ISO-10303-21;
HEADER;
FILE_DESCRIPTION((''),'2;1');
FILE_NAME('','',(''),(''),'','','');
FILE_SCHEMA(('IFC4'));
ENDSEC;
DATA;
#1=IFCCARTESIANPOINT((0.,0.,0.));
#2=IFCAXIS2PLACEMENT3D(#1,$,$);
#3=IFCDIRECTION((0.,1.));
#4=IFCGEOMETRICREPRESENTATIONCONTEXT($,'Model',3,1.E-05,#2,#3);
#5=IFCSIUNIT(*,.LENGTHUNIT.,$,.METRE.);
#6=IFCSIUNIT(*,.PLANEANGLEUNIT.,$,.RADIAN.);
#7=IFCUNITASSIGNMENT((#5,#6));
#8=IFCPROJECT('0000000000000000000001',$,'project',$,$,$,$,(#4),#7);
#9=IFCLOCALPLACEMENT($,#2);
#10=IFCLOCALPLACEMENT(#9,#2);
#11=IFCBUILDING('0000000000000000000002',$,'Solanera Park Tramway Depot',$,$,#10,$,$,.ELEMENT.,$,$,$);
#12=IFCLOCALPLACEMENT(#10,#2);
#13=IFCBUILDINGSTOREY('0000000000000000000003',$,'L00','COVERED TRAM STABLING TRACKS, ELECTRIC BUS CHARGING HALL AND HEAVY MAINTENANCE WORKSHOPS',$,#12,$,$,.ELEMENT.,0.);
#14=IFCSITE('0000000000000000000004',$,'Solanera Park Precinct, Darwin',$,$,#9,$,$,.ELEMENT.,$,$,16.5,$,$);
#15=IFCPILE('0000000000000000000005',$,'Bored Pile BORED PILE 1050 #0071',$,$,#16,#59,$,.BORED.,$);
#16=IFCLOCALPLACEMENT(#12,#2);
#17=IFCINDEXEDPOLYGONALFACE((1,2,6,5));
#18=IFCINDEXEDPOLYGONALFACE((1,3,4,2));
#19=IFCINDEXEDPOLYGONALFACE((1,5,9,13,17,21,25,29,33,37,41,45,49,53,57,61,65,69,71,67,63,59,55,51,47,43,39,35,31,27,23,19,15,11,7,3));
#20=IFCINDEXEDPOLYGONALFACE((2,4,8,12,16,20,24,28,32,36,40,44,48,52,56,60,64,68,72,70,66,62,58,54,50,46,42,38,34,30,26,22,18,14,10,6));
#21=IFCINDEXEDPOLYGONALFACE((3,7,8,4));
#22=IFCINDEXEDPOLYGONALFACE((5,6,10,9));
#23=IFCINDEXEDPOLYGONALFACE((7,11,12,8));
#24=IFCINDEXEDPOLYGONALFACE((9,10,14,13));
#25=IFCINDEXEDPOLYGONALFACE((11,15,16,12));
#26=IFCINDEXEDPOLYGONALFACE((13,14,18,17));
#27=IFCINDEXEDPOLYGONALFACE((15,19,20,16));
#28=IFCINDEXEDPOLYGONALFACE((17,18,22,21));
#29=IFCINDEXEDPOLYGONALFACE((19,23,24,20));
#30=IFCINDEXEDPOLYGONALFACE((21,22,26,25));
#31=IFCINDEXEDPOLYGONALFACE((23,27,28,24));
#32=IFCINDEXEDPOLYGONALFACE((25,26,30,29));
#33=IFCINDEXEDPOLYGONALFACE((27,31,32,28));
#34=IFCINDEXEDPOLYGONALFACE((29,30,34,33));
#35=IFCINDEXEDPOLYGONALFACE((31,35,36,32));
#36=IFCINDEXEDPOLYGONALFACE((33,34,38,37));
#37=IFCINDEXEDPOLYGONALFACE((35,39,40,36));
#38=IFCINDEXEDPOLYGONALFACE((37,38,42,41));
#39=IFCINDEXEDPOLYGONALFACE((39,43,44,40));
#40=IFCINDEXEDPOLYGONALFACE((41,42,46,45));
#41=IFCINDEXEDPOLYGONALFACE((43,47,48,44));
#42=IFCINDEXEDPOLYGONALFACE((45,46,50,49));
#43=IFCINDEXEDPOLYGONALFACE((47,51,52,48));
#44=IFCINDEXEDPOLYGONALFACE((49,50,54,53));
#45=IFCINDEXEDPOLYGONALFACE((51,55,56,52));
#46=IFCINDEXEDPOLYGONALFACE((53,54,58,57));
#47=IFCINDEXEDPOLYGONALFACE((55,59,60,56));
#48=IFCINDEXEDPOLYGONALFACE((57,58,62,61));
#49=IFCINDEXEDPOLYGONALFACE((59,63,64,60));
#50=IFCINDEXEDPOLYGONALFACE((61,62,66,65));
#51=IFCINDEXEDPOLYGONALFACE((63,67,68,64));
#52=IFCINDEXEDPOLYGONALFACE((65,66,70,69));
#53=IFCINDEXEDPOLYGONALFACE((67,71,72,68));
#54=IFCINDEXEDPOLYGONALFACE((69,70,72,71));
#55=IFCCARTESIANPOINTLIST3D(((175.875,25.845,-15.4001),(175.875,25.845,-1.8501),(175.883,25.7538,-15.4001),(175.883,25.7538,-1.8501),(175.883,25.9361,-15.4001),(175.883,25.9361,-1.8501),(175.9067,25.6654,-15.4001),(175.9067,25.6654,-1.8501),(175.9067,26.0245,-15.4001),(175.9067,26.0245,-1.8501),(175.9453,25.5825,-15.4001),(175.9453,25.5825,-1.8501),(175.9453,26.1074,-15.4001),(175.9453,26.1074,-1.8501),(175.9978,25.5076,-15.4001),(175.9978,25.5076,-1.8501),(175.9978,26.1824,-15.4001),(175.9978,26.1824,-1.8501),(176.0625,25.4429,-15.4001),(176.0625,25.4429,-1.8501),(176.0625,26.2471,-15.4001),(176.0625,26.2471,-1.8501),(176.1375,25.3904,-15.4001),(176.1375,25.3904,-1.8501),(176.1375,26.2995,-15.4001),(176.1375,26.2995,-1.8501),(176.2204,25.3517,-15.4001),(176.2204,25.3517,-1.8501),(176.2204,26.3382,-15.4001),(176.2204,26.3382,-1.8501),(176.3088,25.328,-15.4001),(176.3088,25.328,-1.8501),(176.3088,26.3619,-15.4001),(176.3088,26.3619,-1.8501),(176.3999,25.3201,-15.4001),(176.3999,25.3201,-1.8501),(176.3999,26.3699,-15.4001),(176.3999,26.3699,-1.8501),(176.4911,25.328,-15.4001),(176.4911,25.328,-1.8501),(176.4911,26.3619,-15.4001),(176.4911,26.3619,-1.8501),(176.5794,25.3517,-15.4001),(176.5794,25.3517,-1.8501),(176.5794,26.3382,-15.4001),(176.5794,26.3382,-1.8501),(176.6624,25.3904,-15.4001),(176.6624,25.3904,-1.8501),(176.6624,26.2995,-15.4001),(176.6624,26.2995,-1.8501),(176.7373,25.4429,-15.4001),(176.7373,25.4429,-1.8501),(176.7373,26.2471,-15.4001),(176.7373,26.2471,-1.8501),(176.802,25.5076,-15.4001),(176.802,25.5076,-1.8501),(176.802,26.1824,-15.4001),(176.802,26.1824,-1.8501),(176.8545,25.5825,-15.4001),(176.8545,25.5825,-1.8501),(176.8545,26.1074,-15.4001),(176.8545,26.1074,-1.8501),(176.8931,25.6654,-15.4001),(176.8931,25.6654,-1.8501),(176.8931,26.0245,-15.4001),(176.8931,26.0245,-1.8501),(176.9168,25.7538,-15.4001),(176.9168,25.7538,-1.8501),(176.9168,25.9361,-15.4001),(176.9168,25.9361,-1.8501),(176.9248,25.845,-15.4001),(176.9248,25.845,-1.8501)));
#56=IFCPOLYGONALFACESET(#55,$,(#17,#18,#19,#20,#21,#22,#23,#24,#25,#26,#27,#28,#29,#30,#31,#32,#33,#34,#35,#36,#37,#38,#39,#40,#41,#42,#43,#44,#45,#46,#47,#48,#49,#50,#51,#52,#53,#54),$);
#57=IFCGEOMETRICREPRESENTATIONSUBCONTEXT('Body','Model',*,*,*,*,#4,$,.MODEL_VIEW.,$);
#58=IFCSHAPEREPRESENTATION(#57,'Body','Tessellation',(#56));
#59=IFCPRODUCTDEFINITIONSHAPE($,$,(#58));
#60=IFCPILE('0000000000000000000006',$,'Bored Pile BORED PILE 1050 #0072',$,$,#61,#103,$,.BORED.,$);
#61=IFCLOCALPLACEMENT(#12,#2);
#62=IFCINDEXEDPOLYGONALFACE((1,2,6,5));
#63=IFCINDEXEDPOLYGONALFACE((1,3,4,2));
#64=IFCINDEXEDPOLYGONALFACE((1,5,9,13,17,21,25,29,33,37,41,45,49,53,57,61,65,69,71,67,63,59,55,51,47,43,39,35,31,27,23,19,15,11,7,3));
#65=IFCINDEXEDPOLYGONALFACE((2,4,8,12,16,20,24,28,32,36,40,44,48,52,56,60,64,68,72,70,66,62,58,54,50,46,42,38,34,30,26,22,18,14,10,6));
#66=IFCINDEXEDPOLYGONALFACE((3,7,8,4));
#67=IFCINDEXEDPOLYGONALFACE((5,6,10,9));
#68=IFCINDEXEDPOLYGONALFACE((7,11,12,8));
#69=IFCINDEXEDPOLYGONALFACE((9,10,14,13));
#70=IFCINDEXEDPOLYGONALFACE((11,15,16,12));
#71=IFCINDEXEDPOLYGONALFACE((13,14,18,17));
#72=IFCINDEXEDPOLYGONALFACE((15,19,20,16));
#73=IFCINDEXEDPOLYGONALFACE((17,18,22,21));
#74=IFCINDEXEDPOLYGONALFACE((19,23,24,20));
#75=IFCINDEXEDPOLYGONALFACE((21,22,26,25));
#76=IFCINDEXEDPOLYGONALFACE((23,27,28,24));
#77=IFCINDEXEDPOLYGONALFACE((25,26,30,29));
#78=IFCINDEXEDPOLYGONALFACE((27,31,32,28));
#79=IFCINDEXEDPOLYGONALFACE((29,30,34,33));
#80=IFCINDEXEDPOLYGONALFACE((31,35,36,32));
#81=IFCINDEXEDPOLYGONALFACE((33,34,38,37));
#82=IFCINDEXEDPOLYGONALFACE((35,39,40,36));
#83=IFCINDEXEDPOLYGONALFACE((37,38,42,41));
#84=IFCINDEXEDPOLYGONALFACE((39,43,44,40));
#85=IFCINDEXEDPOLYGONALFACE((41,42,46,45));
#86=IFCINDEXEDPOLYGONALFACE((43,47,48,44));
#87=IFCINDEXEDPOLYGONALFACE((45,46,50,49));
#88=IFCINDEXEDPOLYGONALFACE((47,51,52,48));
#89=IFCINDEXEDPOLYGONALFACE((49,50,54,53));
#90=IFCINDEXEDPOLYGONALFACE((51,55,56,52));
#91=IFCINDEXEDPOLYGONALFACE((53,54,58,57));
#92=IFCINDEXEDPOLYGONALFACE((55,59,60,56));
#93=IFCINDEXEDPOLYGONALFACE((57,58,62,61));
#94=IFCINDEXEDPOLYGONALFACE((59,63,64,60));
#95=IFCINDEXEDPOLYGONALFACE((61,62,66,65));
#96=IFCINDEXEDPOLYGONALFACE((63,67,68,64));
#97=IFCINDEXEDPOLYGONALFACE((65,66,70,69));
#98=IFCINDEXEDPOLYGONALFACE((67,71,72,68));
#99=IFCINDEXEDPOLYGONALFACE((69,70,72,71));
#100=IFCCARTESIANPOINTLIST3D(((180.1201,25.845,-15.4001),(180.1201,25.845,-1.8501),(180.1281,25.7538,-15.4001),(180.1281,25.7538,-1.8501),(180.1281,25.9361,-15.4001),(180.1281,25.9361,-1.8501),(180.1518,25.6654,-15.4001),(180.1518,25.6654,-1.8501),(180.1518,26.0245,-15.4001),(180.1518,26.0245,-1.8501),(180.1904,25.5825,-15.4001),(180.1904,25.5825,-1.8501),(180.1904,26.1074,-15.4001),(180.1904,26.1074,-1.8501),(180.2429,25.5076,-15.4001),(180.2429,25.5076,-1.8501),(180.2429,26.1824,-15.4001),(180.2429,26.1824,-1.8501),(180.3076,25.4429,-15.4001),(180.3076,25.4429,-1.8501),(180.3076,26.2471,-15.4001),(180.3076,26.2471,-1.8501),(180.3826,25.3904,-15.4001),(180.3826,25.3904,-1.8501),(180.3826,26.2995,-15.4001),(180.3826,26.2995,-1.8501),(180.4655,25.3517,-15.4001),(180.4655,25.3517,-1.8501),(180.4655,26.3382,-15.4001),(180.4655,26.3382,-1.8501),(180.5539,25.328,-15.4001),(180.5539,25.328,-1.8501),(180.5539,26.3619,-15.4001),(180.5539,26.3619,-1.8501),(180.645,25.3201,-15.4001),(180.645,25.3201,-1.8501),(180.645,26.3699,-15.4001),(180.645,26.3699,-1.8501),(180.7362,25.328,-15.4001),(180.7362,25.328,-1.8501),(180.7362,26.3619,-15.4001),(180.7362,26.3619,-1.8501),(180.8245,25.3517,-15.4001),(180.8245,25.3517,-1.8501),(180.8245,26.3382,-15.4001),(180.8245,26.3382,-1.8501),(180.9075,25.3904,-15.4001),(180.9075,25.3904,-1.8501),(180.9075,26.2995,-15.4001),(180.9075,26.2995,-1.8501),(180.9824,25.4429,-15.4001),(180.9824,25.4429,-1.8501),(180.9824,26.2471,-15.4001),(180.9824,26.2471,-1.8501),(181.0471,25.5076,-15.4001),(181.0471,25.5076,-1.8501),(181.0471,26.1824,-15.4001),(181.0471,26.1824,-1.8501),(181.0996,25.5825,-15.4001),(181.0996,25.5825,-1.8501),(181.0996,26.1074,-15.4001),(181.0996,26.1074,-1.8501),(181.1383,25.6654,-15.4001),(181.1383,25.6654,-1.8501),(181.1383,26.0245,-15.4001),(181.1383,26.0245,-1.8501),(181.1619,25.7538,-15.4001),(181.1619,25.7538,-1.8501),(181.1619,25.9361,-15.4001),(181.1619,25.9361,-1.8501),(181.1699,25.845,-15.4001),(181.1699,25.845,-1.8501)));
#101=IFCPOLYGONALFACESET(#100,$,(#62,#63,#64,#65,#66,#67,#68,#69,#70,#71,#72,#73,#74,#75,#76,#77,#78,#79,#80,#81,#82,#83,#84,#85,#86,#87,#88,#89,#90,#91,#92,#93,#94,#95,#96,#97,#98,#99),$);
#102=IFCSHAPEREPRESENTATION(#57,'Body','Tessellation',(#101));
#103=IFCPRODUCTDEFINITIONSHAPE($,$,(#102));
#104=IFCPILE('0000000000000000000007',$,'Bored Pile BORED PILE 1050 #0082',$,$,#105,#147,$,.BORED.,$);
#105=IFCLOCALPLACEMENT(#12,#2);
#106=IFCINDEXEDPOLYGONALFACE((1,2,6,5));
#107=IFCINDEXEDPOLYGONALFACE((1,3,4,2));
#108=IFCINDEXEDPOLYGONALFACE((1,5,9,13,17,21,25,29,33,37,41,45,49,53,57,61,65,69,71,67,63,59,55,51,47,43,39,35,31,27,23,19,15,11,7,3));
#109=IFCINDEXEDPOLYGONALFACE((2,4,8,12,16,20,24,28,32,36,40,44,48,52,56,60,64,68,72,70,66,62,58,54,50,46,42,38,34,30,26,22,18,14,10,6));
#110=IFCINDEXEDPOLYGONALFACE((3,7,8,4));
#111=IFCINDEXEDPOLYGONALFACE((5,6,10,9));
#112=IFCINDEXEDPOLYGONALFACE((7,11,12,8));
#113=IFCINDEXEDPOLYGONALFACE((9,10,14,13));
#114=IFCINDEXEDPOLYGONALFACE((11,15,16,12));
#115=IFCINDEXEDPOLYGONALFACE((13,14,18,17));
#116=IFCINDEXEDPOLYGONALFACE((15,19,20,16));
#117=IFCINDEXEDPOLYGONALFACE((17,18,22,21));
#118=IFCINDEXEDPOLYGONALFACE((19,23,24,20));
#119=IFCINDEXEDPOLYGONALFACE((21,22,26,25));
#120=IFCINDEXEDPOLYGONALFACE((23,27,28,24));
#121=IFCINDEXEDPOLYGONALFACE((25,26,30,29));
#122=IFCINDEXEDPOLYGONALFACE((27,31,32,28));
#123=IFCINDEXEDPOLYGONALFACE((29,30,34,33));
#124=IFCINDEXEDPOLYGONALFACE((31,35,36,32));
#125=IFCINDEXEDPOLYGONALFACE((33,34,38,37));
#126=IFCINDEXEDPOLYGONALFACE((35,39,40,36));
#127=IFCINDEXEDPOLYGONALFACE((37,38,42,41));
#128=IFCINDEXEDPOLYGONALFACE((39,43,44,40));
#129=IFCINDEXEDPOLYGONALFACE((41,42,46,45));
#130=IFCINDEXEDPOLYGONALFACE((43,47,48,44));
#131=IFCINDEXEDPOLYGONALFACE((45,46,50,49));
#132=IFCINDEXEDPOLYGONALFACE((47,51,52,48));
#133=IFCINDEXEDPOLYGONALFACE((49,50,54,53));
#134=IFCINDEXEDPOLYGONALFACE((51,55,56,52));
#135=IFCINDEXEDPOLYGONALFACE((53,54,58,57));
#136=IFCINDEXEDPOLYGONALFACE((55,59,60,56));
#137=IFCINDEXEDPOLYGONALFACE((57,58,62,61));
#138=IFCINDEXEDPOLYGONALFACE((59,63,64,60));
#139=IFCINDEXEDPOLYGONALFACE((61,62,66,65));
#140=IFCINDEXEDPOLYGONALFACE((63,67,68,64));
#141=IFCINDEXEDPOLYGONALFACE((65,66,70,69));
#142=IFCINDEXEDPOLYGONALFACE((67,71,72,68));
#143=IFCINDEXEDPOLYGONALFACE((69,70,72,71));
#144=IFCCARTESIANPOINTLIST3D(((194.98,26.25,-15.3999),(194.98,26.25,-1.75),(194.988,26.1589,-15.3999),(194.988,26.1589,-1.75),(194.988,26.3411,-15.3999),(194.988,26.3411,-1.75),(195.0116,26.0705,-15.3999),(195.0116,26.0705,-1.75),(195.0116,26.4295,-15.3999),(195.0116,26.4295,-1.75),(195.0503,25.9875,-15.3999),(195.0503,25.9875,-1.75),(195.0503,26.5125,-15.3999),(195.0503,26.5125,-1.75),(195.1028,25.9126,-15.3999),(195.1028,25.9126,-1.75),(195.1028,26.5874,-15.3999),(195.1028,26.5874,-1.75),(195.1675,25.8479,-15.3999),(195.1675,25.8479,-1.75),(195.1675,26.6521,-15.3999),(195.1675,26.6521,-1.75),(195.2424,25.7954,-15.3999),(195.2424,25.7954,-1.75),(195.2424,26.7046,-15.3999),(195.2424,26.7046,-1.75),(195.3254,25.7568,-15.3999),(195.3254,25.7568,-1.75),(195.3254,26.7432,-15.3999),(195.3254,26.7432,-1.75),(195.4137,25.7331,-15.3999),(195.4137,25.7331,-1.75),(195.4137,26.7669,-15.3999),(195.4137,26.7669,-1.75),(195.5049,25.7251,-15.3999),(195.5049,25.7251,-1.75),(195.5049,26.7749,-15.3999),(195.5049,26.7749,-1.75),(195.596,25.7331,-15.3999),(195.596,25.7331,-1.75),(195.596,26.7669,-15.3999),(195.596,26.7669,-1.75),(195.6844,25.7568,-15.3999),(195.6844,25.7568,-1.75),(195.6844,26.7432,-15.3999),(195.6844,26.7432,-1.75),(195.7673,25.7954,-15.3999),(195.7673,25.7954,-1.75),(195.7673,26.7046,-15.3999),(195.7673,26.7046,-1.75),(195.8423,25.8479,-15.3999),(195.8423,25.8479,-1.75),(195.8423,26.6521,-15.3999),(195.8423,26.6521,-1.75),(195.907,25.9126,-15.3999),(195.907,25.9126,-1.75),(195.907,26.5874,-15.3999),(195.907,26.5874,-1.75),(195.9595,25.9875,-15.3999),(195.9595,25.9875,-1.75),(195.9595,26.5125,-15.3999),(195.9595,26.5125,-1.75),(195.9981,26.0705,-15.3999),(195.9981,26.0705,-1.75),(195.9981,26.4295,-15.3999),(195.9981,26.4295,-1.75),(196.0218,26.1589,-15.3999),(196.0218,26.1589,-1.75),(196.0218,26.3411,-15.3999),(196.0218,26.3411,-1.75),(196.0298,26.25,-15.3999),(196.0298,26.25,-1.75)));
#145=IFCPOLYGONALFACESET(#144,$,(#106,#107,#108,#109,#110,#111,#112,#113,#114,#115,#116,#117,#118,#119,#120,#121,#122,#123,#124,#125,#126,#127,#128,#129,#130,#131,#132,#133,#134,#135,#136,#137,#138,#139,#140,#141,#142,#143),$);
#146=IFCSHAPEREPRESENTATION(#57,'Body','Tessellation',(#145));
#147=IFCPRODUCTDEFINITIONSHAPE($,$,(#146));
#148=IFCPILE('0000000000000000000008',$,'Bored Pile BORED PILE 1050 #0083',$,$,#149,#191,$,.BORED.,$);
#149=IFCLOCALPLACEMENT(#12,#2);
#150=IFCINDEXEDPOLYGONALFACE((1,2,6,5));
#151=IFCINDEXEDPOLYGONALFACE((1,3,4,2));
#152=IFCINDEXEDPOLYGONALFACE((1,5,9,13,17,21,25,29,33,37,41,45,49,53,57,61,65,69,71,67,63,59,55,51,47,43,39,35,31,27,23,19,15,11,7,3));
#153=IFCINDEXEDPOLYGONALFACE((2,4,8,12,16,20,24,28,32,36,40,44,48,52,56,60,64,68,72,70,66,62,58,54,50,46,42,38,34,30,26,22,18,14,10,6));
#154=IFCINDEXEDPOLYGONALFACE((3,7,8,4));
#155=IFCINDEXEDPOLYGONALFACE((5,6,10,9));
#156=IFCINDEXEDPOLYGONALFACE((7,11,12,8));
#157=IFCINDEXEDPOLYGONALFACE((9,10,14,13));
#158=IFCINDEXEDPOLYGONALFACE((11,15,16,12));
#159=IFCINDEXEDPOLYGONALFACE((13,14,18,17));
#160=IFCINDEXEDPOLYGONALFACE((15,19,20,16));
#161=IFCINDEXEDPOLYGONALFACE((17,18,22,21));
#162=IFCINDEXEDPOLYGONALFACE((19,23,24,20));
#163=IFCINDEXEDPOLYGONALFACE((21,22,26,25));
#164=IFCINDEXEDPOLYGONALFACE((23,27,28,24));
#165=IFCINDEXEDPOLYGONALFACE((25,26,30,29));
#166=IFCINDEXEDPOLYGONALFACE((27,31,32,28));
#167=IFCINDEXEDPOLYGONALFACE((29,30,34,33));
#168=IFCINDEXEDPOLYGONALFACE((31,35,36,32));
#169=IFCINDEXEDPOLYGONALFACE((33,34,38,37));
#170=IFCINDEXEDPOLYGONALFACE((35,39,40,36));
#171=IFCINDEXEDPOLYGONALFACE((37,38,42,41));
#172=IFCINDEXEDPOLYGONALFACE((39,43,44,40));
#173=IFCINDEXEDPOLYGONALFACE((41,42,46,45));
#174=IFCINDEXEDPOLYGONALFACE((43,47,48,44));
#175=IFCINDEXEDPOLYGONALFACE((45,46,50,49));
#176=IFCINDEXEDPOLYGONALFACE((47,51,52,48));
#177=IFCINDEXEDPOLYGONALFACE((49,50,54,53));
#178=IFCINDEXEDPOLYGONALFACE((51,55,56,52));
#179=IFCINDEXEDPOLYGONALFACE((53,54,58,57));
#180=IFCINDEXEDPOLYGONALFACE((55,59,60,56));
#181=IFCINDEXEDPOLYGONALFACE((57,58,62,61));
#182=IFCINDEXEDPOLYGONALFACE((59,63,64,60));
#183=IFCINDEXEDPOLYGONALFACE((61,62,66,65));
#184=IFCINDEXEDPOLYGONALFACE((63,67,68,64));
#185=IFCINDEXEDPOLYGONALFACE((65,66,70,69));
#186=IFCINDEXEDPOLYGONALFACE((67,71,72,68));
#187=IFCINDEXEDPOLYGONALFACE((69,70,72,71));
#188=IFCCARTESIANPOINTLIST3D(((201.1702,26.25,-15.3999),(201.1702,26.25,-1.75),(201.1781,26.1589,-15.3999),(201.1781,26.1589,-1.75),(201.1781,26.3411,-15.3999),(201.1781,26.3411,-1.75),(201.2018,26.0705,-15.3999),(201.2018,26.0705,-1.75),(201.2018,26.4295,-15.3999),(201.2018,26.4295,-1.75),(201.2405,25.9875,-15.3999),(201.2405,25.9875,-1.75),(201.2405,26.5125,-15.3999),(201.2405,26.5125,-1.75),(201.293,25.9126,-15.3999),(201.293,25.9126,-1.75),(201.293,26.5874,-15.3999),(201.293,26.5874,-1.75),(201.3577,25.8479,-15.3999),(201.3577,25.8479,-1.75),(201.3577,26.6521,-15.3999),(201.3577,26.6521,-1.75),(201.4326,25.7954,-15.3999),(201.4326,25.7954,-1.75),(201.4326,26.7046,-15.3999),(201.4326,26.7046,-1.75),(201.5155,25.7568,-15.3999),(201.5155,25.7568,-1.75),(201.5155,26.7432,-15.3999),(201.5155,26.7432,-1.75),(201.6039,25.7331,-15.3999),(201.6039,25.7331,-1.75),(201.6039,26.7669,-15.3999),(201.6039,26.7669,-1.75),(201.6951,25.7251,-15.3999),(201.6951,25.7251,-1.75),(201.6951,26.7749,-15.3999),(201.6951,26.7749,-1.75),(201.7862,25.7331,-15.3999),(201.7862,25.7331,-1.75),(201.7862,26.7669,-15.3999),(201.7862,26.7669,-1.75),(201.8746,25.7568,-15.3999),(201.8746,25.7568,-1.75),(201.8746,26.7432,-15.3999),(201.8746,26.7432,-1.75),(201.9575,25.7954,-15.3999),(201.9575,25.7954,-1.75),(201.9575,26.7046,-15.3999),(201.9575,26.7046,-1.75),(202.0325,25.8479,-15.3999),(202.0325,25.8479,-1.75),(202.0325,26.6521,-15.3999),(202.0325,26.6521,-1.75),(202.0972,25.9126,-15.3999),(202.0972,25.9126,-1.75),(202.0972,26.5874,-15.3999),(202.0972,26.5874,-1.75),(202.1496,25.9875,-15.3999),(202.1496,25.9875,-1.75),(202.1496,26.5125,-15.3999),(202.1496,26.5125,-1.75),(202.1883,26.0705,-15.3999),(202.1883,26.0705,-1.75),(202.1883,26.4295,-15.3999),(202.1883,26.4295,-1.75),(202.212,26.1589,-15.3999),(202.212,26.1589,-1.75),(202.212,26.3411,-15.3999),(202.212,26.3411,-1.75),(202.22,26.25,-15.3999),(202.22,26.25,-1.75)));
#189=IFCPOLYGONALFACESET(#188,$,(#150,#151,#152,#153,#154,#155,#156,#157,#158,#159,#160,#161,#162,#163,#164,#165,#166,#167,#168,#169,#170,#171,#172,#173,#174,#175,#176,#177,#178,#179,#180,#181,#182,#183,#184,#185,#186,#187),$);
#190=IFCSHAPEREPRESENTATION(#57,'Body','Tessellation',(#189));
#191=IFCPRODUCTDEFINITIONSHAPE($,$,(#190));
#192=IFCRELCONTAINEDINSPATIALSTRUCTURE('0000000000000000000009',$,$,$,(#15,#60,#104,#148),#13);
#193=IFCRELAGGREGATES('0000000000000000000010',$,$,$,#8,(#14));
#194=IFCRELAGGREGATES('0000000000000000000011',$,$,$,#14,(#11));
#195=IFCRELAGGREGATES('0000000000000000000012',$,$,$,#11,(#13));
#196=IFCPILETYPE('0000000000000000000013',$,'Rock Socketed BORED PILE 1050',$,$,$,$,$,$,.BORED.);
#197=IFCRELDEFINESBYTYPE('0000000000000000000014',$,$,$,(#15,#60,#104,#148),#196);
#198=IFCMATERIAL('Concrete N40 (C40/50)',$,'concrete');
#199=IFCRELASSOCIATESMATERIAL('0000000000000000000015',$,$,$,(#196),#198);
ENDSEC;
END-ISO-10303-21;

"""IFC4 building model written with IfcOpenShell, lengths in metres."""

from ifc_helpers import new_model, si_unit, direction, frame, origin, origin_2d, place, context, subcontext, project, spatial, circle, extrude, material, material_profile, profile_set, type_object, element, save


model = new_model("IFC4")

# Units and contexts
model_context = context("Model", 3, precision=1e-05, world=origin(), true_north=direction((0.0, 1.0)))
body_context = subcontext(model_context, "Body", "Model", "MODEL_VIEW")
ifc_project = project(units=[si_unit("LENGTHUNIT", "METRE"), si_unit("PLANEANGLEUNIT", "RADIAN")], contexts=[model_context])

# Site, building, storey
site_placement = place(None, origin())
site = spatial("IfcSite", under=ifc_project, at=site_placement, Name="Solanera Park Precinct, Darwin", CompositionType="ELEMENT", RefElevation=16.5)
building_placement = place(site_placement, origin())
building = spatial("IfcBuilding", under=site, at=building_placement, Name="Solanera Park Tramway Depot", CompositionType="ELEMENT")
storey_placement = place(building_placement, origin())
storey = spatial("IfcBuildingStorey", under=building, at=storey_placement, Name="L00", Description="COVERED TRAM STABLING TRACKS, ELECTRIC BUS CHARGING HALL AND HEAVY MAINTENANCE WORKSHOPS", CompositionType="ELEMENT", Elevation=0.0)

# Piles
ifc_material_1 = material(Name="Concrete N40 (C40/50)", Category="concrete")
ifc_material_profile_1 = material_profile(ifc_material_1, circle(Radius=0.5249, at=origin_2d()), Name="BORED PILE 1050")
ifc_profile_set_1 = profile_set([ifc_material_profile_1], Name="Concrete N40 (C40/50)")
pile_type_1 = type_object("IfcPileType", Name="Rock Socketed BORED PILE 1050", PredefinedType="BORED", material=ifc_profile_set_1)
for number, where, z_axis, x_axis, name in (
    (1, (176.3999, 25.845, -1.8501), (0.0, 0.0, -1.0), (1.0, 0.0, 0.0), "Bored Pile BORED PILE 1050 #0071"),
    (2, (180.645, 25.845, -1.8501), (0.0, 0.0, -1.0), (1.0, 0.0, 0.0), "Bored Pile BORED PILE 1050 #0072"),
):
    element("IfcPile", number, at=place(storey_placement, frame(where, z_axis=z_axis, x_axis=x_axis)), inside=storey, type_object=pile_type_1, Name=name, PredefinedType="BORED", context=body_context, shape_type="SweptSolid", body=[
        extrude(circle(Radius=0.5249, at=origin_2d()), origin(), (0.0, 0.0, 1.0), 13.55),
    ])
for number, where, z_axis, x_axis, name in (
    (3, (195.5049, 26.25, -1.75), (0.0, 0.0, -1.0), (1.0, 0.0, 0.0), "Bored Pile BORED PILE 1050 #0082"),
    (4, (201.6951, 26.25, -1.75), (0.0, 0.0, -1.0), (1.0, 0.0, 0.0), "Bored Pile BORED PILE 1050 #0083"),
):
    element("IfcPile", number, at=place(storey_placement, frame(where, z_axis=z_axis, x_axis=x_axis)), inside=storey, type_object=pile_type_1, Name=name, PredefinedType="BORED", context=body_context, shape_type="SweptSolid", body=[
        extrude(circle(Radius=0.5249, at=origin_2d()), origin(), (0.0, 0.0, 1.0), 13.6499),
    ])

save(model, "model.ifc")
